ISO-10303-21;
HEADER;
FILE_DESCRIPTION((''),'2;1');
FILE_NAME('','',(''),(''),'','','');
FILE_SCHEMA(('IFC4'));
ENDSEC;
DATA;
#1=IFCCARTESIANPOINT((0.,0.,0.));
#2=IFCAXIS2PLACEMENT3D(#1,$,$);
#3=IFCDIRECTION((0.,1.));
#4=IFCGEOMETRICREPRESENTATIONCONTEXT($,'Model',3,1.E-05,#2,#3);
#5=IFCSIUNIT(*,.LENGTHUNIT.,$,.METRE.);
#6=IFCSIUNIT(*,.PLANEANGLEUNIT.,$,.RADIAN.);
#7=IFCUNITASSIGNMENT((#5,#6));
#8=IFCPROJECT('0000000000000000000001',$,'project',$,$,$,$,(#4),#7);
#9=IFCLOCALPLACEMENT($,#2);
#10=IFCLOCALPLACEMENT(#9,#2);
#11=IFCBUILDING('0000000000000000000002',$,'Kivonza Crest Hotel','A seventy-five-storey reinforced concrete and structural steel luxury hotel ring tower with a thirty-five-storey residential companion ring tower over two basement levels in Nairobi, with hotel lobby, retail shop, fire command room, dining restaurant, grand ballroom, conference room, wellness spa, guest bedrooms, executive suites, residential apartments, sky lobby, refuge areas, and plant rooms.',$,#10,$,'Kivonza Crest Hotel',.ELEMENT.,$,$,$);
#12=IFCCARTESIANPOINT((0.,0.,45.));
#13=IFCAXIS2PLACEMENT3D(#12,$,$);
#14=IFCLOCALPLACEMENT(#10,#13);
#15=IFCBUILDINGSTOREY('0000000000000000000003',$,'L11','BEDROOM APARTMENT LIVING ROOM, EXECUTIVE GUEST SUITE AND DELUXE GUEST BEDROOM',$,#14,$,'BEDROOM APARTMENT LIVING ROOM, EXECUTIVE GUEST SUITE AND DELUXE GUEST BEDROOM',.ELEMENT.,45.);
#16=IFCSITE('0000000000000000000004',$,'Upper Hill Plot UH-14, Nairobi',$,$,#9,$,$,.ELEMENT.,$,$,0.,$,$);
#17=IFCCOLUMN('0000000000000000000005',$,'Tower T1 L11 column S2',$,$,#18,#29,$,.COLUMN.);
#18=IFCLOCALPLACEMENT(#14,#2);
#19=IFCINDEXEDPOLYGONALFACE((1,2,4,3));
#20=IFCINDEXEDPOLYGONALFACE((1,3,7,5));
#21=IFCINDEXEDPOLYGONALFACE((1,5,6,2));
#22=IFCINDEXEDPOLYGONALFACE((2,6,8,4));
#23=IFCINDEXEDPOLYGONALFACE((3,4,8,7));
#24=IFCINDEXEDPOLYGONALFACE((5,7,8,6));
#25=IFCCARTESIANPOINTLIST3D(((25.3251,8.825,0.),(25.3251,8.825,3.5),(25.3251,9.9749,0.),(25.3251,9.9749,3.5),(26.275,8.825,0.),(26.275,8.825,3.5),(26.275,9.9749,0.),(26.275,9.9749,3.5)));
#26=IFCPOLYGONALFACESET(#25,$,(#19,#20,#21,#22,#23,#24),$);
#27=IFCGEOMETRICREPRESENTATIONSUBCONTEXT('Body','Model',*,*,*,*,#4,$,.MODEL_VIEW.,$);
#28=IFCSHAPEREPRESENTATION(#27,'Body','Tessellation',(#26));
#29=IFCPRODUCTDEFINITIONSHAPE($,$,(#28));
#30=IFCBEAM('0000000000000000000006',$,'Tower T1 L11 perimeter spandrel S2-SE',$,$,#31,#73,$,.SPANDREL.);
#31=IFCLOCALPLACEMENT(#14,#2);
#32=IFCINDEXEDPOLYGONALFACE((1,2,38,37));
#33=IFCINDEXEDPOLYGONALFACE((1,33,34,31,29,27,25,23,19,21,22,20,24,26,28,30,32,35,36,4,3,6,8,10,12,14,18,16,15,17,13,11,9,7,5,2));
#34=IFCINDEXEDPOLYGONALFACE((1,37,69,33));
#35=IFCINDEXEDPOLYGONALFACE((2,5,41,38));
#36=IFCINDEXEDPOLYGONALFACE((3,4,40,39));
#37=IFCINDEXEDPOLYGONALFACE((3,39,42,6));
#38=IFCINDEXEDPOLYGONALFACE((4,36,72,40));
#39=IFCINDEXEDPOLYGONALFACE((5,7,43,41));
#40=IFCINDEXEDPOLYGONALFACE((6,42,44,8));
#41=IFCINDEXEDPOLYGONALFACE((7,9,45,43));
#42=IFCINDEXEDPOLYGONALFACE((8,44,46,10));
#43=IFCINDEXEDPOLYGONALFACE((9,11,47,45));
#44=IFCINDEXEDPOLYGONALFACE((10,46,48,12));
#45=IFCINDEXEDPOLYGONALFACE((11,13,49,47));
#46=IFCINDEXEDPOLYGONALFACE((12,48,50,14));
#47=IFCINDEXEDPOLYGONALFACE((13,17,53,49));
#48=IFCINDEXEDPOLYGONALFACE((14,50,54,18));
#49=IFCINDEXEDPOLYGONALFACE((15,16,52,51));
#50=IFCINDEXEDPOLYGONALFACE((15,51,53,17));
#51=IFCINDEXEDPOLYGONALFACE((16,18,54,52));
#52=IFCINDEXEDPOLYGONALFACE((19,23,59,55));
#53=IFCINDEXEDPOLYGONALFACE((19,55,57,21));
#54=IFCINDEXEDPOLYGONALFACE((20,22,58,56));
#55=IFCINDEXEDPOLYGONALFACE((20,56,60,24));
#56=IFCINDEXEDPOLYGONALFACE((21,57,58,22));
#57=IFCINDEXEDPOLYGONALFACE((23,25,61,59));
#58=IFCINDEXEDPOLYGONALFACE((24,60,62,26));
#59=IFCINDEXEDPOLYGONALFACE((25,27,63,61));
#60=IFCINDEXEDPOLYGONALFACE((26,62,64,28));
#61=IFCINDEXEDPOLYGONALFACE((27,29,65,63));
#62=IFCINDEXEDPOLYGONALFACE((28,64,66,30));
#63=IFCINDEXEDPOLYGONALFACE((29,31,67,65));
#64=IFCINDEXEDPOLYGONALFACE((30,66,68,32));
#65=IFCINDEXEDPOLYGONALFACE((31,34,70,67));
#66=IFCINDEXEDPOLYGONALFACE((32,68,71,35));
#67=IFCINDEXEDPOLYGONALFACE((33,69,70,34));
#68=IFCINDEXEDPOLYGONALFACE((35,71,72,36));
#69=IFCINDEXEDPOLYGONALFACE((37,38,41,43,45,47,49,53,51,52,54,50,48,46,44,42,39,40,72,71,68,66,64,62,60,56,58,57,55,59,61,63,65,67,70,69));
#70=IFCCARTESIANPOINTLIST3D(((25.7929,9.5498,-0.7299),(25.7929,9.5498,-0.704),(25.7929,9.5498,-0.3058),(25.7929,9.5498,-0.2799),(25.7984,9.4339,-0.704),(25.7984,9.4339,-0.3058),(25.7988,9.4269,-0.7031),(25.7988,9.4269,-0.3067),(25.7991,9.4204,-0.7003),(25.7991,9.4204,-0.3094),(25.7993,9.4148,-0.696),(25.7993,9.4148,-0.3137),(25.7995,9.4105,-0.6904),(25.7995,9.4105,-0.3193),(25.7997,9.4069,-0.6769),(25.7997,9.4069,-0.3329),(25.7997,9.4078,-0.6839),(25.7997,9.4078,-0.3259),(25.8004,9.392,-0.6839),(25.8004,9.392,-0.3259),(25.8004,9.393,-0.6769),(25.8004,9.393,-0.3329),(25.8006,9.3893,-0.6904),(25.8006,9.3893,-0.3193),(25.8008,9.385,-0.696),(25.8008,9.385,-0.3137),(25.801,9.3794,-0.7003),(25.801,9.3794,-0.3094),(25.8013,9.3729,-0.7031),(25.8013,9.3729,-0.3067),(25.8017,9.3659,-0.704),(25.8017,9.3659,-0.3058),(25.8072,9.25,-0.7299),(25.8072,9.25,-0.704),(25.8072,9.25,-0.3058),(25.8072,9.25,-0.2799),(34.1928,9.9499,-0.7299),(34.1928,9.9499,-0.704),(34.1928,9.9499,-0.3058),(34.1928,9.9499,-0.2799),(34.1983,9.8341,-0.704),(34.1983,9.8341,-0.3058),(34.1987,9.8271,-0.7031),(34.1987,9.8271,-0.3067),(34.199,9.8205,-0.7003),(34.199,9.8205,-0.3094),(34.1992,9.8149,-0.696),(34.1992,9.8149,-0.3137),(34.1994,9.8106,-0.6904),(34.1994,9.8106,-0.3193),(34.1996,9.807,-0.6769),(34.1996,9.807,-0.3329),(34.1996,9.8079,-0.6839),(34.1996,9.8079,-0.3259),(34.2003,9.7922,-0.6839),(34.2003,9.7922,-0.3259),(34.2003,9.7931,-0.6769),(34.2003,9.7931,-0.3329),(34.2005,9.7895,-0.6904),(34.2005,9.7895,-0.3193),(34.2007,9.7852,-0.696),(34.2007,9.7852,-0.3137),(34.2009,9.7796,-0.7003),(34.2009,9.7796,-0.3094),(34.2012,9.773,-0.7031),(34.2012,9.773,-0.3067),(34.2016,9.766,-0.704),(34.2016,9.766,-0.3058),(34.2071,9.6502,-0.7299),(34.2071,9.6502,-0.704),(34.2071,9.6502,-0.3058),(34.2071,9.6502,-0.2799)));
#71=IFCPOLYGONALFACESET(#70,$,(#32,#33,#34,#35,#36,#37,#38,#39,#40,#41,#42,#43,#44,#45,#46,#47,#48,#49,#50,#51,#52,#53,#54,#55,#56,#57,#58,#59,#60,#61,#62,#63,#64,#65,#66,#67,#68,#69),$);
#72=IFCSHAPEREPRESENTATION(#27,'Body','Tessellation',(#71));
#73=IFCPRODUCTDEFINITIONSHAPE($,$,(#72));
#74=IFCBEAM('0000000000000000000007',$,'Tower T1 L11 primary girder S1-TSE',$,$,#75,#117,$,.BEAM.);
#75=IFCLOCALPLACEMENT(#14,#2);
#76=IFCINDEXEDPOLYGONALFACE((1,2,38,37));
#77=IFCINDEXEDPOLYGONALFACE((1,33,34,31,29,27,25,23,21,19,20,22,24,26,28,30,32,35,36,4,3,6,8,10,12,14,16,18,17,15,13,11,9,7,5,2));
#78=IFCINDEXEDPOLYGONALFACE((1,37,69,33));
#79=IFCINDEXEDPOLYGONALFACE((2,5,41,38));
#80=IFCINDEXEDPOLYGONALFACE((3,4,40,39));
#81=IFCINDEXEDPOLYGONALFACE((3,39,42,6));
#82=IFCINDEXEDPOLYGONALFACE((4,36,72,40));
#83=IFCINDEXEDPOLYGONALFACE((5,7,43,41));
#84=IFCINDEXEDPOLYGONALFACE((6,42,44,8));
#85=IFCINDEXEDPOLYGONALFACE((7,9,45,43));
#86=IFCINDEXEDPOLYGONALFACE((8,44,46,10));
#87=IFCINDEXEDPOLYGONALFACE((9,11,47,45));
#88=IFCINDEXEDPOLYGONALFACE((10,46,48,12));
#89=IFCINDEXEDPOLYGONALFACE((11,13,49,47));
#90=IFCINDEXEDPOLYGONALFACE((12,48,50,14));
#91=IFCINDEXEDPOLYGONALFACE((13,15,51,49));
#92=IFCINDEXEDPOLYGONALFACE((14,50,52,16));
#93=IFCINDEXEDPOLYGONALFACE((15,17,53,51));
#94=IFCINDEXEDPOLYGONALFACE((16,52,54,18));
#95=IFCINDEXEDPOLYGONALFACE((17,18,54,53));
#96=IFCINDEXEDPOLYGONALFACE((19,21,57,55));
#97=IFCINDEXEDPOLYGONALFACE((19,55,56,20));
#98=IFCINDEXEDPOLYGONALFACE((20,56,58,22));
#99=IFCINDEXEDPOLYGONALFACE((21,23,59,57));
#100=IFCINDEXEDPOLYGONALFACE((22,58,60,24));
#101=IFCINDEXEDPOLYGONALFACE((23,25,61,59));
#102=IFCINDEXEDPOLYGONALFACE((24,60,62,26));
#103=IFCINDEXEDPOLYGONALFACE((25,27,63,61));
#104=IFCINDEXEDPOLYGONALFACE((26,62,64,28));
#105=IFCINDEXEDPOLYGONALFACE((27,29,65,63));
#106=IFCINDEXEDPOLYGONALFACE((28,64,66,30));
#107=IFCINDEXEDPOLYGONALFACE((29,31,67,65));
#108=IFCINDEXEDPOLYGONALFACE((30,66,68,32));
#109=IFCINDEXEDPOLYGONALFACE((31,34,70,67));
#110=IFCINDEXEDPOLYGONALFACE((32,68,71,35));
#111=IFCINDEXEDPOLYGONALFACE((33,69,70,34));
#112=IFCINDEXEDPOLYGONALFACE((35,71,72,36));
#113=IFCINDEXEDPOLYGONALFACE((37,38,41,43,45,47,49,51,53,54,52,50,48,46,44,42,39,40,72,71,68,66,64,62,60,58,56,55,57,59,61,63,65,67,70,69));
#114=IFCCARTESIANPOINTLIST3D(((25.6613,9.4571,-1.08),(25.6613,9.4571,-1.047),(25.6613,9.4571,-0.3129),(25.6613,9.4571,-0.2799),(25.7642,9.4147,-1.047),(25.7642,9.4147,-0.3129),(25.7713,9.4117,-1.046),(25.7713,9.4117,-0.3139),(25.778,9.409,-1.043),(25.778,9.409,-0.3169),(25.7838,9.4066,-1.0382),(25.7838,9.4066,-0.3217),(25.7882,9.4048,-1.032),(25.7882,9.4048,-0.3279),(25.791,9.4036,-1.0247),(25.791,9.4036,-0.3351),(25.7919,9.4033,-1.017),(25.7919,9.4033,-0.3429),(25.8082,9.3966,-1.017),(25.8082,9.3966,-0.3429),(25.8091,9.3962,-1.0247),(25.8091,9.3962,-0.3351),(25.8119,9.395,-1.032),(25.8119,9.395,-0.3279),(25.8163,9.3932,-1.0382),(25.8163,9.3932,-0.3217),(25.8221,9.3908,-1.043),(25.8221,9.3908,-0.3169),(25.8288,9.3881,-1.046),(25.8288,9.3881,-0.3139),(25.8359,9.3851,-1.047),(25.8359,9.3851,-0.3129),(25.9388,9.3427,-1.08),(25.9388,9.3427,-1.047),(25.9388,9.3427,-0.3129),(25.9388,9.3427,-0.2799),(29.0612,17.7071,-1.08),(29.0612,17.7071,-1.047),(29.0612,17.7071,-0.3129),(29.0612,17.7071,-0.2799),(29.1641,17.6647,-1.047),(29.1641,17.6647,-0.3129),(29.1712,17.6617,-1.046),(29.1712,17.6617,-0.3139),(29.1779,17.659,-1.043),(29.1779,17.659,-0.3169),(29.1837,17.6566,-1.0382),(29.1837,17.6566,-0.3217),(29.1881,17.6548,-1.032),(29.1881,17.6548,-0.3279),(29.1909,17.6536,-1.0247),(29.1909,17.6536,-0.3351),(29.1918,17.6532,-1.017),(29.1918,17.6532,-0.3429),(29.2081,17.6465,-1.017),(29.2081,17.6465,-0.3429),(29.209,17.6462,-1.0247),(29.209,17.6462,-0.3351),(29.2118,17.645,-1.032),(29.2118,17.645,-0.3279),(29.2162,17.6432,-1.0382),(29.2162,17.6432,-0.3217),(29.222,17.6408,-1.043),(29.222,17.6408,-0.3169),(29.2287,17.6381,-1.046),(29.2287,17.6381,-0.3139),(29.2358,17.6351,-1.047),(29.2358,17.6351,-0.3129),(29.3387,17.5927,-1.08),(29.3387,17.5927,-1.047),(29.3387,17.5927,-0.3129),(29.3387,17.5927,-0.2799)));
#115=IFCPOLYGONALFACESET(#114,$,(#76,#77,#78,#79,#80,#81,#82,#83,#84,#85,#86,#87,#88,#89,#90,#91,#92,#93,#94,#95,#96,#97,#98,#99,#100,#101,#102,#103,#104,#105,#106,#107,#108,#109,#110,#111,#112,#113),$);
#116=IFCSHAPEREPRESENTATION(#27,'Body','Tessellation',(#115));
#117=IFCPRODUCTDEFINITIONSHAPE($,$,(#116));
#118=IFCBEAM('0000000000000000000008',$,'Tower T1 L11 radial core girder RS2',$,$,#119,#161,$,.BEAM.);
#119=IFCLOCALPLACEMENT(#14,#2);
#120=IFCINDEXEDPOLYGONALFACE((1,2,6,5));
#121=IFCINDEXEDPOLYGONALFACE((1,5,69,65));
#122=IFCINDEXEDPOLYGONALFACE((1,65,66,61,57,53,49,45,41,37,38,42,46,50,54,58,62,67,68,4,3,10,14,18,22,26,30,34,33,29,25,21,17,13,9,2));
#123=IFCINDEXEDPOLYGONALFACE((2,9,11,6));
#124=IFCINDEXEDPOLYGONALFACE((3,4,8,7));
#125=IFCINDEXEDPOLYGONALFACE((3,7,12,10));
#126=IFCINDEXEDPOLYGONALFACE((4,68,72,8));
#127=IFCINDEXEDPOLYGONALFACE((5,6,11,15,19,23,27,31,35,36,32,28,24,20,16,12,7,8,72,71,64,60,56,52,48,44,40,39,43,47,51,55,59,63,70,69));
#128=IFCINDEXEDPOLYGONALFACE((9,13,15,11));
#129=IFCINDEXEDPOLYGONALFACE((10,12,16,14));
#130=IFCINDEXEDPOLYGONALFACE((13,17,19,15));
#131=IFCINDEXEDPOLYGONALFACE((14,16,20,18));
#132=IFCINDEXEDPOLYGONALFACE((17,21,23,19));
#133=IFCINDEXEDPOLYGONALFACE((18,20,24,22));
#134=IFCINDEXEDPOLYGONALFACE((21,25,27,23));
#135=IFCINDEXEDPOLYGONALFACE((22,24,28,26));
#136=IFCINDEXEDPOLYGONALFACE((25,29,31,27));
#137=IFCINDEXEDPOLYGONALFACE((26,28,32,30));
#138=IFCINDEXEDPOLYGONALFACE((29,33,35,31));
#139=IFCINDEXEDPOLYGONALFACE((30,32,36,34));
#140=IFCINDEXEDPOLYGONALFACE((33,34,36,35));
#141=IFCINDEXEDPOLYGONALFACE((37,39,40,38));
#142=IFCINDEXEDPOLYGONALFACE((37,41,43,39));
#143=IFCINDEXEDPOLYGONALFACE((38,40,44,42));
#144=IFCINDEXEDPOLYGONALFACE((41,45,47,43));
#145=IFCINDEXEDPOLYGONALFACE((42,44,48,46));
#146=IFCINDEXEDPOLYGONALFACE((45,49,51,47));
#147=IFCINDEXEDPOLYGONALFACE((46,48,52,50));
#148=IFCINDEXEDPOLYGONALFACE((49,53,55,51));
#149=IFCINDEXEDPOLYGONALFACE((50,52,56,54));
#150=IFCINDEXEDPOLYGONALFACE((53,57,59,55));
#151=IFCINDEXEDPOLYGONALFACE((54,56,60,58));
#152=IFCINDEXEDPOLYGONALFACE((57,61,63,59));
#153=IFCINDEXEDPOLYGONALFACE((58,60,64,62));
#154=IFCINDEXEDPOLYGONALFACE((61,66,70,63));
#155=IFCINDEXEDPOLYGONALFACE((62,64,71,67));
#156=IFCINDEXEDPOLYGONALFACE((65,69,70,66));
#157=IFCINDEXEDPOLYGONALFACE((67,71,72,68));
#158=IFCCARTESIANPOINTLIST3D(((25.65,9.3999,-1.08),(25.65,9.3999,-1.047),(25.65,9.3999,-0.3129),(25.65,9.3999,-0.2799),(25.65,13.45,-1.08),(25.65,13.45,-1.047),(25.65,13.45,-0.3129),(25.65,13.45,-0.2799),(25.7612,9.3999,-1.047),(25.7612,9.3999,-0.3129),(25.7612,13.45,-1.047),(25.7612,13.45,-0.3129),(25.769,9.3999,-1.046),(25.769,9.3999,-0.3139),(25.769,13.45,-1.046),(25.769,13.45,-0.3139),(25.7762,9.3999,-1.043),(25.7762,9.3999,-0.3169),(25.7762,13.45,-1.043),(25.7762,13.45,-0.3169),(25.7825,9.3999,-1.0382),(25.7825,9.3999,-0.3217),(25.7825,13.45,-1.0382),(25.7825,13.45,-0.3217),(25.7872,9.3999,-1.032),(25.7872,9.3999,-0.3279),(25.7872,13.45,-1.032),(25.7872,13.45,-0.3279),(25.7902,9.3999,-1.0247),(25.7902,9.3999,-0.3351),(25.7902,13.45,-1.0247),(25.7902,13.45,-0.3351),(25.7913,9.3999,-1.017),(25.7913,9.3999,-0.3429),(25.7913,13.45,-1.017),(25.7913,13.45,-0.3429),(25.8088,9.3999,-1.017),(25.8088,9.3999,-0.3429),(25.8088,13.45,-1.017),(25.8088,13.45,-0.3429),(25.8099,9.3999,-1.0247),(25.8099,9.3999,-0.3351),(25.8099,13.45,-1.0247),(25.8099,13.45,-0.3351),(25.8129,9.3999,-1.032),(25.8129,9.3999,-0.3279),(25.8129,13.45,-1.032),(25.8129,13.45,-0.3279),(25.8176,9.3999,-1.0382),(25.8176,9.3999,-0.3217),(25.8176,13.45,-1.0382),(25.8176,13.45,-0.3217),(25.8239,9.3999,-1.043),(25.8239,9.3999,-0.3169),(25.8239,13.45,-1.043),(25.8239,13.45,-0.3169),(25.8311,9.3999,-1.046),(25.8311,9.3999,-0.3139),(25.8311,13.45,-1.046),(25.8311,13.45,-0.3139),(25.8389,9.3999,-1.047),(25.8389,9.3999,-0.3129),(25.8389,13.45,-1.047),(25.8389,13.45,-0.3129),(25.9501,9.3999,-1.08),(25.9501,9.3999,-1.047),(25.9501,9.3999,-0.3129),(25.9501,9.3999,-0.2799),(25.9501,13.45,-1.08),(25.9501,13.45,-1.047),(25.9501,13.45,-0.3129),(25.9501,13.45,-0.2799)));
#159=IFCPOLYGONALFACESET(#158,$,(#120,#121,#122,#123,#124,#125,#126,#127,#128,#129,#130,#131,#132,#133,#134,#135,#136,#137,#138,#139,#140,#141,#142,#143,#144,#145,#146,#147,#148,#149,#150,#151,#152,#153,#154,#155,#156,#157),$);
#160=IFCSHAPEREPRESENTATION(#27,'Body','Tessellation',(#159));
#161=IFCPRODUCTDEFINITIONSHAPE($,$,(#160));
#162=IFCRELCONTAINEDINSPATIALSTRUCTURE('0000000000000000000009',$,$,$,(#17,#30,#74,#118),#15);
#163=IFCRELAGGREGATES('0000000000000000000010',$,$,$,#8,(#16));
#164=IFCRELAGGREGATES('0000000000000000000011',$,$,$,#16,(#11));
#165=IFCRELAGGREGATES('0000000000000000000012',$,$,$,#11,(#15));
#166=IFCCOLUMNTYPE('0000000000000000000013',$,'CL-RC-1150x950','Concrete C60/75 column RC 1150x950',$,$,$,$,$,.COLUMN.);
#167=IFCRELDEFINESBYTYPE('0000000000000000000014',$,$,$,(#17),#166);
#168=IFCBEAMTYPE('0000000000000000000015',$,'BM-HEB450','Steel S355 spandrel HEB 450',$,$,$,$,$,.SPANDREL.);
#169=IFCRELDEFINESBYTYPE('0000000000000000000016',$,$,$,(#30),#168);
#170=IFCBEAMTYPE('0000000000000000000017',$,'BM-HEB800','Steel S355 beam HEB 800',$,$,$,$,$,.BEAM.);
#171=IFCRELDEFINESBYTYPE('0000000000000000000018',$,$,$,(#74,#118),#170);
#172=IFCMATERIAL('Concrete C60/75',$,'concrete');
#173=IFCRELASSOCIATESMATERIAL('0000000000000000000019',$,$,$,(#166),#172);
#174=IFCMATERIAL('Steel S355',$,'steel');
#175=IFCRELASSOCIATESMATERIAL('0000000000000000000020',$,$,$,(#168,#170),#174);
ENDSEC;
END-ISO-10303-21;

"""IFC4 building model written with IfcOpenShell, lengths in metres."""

from ifc_helpers import new_model, si_unit, direction, frame, origin, origin_2d, place, context, subcontext, project, spatial, rectangle, i_section, extrude, material, material_profile, profile_set, type_object, element, save


model = new_model("IFC4")

# Units and contexts
model_context = context("Model", 3, precision=1e-05, world=origin(), true_north=direction((0.0, 1.0)))
body_context = subcontext(model_context, "Body", "Model", "MODEL_VIEW")
ifc_project = project(units=[si_unit("LENGTHUNIT", "METRE"), si_unit("PLANEANGLEUNIT", "RADIAN")], contexts=[model_context])

# Site, building, storey
site_placement = place(None, origin())
site = spatial("IfcSite", under=ifc_project, at=site_placement, Name="Upper Hill Plot UH-14, Nairobi", CompositionType="ELEMENT", RefElevation=0.0)
building_placement = place(site_placement, origin())
building = spatial("IfcBuilding", under=site, at=building_placement, Name="Kivonza Crest Hotel", Description="A seventy-five-storey reinforced concrete and structural steel luxury hotel ring tower with a thirty-five-storey residential companion ring tower over two basement levels in Nairobi, with hotel lobby, retail shop, fire command room, dining restaurant, grand ballroom, conference room, wellness spa, guest bedrooms, executive suites, residential apartments, sky lobby, refuge areas, and plant rooms.", LongName="Kivonza Crest Hotel", CompositionType="ELEMENT")
storey_placement = place(building_placement, frame((0.0, 0.0, 45.0)))
storey = spatial("IfcBuildingStorey", under=building, at=storey_placement, Name="L11", Description="BEDROOM APARTMENT LIVING ROOM, EXECUTIVE GUEST SUITE AND DELUXE GUEST BEDROOM", LongName="BEDROOM APARTMENT LIVING ROOM, EXECUTIVE GUEST SUITE AND DELUXE GUEST BEDROOM", CompositionType="ELEMENT", Elevation=45.0)

# Column
ifc_material_1 = material(Name="Concrete C60/75", Category="concrete")
ifc_material_profile_1 = material_profile(ifc_material_1, rectangle(XDim=0.95, YDim=1.1499, at=origin_2d()), Name="RC 1150x950")
ifc_profile_set_1 = profile_set([ifc_material_profile_1], Name="Concrete C60/75")
column_type = type_object("IfcColumnType", Name="CL-RC-1150x950", Description="Concrete C60/75 column RC 1150x950", PredefinedType="COLUMN", material=ifc_profile_set_1)
column_placement = place(storey_placement, frame((25.8, 9.3999, 0.0), z_axis=(0.0, 0.0, 1.0), x_axis=(1.0, 0.0, 0.0)))
element("IfcColumn", 1, at=column_placement, inside=storey, type_object=column_type, Name="Tower T1 L11 column S2", PredefinedType="COLUMN", context=body_context, shape_type="SweptSolid", body=[
    extrude(rectangle(XDim=0.95, YDim=1.1499, at=origin_2d()), origin(), (0.0, 0.0, 1.0), 3.5),
])

# Beams
ifc_material_2 = material(Name="Steel S355", Category="steel")
ifc_material_profile_2 = material_profile(ifc_material_2, i_section(OverallWidth=0.3, OverallDepth=0.45, WebThickness=0.0139, FlangeThickness=0.0259, FilletRadius=0.0271, at=origin_2d()), Name="HEB 450")
ifc_profile_set_2 = profile_set([ifc_material_profile_2], Name="Steel S355")
beam_type_1 = type_object("IfcBeamType", Name="BM-HEB450", Description="Steel S355 spandrel HEB 450", PredefinedType="SPANDREL", material=ifc_profile_set_2)
beam_1_placement = place(storey_placement, frame((25.8, 9.3999, -0.5049), z_axis=(0.998867, 0.047583, 0.0), x_axis=(-0.047583, 0.998867, 0.0)))
element("IfcBeam", 2, at=beam_1_placement, inside=storey, type_object=beam_type_1, Name="Tower T1 L11 perimeter spandrel S2-SE", PredefinedType="SPANDREL", context=body_context, shape_type="SweptSolid", body=[
    extrude(i_section(OverallWidth=0.3, OverallDepth=0.45, WebThickness=0.0139, FlangeThickness=0.0259, FilletRadius=0.0271, at=origin_2d()), origin(), (0.0, 0.0, 1.0), 8.4094),
])
ifc_material_profile_3 = material_profile(ifc_material_2, i_section(OverallWidth=0.3, OverallDepth=0.8, WebThickness=0.0176, FlangeThickness=0.033, FilletRadius=0.03, at=origin_2d()), Name="HEB 800")
ifc_profile_set_3 = profile_set([ifc_material_profile_3], Name="Steel S355")
beam_type_2 = type_object("IfcBeamType", Name="BM-HEB800", Description="Steel S355 beam HEB 800", PredefinedType="BEAM", material=ifc_profile_set_3)
beam_2_placement = place(storey_placement, frame((25.8, 9.3999, -0.6799), z_axis=(0.381022, 0.924566, 0.0), x_axis=(-0.924566, 0.381022, 0.0)))
element("IfcBeam", 3, at=beam_2_placement, inside=storey, type_object=beam_type_2, Name="Tower T1 L11 primary girder S1-TSE", PredefinedType="BEAM", context=body_context, shape_type="SweptSolid", body=[
    extrude(i_section(OverallWidth=0.3, OverallDepth=0.8, WebThickness=0.0176, FlangeThickness=0.033, FilletRadius=0.03, at=origin_2d()), origin(), (0.0, 0.0, 1.0), 8.9231),
])
beam_3_placement = place(storey_placement, frame((25.8, 9.3999, -0.6799), z_axis=(0.0, 1.0, 0.0), x_axis=(-1.0, 0.0, 0.0)))
element("IfcBeam", 4, at=beam_3_placement, inside=storey, type_object=beam_type_2, Name="Tower T1 L11 radial core girder RS2", PredefinedType="BEAM", context=body_context, shape_type="SweptSolid", body=[
    extrude(i_section(OverallWidth=0.3, OverallDepth=0.8, WebThickness=0.0176, FlangeThickness=0.033, FilletRadius=0.03, at=origin_2d()), origin(), (0.0, 0.0, 1.0), 4.05),
])

save(model, "model.ifc")
